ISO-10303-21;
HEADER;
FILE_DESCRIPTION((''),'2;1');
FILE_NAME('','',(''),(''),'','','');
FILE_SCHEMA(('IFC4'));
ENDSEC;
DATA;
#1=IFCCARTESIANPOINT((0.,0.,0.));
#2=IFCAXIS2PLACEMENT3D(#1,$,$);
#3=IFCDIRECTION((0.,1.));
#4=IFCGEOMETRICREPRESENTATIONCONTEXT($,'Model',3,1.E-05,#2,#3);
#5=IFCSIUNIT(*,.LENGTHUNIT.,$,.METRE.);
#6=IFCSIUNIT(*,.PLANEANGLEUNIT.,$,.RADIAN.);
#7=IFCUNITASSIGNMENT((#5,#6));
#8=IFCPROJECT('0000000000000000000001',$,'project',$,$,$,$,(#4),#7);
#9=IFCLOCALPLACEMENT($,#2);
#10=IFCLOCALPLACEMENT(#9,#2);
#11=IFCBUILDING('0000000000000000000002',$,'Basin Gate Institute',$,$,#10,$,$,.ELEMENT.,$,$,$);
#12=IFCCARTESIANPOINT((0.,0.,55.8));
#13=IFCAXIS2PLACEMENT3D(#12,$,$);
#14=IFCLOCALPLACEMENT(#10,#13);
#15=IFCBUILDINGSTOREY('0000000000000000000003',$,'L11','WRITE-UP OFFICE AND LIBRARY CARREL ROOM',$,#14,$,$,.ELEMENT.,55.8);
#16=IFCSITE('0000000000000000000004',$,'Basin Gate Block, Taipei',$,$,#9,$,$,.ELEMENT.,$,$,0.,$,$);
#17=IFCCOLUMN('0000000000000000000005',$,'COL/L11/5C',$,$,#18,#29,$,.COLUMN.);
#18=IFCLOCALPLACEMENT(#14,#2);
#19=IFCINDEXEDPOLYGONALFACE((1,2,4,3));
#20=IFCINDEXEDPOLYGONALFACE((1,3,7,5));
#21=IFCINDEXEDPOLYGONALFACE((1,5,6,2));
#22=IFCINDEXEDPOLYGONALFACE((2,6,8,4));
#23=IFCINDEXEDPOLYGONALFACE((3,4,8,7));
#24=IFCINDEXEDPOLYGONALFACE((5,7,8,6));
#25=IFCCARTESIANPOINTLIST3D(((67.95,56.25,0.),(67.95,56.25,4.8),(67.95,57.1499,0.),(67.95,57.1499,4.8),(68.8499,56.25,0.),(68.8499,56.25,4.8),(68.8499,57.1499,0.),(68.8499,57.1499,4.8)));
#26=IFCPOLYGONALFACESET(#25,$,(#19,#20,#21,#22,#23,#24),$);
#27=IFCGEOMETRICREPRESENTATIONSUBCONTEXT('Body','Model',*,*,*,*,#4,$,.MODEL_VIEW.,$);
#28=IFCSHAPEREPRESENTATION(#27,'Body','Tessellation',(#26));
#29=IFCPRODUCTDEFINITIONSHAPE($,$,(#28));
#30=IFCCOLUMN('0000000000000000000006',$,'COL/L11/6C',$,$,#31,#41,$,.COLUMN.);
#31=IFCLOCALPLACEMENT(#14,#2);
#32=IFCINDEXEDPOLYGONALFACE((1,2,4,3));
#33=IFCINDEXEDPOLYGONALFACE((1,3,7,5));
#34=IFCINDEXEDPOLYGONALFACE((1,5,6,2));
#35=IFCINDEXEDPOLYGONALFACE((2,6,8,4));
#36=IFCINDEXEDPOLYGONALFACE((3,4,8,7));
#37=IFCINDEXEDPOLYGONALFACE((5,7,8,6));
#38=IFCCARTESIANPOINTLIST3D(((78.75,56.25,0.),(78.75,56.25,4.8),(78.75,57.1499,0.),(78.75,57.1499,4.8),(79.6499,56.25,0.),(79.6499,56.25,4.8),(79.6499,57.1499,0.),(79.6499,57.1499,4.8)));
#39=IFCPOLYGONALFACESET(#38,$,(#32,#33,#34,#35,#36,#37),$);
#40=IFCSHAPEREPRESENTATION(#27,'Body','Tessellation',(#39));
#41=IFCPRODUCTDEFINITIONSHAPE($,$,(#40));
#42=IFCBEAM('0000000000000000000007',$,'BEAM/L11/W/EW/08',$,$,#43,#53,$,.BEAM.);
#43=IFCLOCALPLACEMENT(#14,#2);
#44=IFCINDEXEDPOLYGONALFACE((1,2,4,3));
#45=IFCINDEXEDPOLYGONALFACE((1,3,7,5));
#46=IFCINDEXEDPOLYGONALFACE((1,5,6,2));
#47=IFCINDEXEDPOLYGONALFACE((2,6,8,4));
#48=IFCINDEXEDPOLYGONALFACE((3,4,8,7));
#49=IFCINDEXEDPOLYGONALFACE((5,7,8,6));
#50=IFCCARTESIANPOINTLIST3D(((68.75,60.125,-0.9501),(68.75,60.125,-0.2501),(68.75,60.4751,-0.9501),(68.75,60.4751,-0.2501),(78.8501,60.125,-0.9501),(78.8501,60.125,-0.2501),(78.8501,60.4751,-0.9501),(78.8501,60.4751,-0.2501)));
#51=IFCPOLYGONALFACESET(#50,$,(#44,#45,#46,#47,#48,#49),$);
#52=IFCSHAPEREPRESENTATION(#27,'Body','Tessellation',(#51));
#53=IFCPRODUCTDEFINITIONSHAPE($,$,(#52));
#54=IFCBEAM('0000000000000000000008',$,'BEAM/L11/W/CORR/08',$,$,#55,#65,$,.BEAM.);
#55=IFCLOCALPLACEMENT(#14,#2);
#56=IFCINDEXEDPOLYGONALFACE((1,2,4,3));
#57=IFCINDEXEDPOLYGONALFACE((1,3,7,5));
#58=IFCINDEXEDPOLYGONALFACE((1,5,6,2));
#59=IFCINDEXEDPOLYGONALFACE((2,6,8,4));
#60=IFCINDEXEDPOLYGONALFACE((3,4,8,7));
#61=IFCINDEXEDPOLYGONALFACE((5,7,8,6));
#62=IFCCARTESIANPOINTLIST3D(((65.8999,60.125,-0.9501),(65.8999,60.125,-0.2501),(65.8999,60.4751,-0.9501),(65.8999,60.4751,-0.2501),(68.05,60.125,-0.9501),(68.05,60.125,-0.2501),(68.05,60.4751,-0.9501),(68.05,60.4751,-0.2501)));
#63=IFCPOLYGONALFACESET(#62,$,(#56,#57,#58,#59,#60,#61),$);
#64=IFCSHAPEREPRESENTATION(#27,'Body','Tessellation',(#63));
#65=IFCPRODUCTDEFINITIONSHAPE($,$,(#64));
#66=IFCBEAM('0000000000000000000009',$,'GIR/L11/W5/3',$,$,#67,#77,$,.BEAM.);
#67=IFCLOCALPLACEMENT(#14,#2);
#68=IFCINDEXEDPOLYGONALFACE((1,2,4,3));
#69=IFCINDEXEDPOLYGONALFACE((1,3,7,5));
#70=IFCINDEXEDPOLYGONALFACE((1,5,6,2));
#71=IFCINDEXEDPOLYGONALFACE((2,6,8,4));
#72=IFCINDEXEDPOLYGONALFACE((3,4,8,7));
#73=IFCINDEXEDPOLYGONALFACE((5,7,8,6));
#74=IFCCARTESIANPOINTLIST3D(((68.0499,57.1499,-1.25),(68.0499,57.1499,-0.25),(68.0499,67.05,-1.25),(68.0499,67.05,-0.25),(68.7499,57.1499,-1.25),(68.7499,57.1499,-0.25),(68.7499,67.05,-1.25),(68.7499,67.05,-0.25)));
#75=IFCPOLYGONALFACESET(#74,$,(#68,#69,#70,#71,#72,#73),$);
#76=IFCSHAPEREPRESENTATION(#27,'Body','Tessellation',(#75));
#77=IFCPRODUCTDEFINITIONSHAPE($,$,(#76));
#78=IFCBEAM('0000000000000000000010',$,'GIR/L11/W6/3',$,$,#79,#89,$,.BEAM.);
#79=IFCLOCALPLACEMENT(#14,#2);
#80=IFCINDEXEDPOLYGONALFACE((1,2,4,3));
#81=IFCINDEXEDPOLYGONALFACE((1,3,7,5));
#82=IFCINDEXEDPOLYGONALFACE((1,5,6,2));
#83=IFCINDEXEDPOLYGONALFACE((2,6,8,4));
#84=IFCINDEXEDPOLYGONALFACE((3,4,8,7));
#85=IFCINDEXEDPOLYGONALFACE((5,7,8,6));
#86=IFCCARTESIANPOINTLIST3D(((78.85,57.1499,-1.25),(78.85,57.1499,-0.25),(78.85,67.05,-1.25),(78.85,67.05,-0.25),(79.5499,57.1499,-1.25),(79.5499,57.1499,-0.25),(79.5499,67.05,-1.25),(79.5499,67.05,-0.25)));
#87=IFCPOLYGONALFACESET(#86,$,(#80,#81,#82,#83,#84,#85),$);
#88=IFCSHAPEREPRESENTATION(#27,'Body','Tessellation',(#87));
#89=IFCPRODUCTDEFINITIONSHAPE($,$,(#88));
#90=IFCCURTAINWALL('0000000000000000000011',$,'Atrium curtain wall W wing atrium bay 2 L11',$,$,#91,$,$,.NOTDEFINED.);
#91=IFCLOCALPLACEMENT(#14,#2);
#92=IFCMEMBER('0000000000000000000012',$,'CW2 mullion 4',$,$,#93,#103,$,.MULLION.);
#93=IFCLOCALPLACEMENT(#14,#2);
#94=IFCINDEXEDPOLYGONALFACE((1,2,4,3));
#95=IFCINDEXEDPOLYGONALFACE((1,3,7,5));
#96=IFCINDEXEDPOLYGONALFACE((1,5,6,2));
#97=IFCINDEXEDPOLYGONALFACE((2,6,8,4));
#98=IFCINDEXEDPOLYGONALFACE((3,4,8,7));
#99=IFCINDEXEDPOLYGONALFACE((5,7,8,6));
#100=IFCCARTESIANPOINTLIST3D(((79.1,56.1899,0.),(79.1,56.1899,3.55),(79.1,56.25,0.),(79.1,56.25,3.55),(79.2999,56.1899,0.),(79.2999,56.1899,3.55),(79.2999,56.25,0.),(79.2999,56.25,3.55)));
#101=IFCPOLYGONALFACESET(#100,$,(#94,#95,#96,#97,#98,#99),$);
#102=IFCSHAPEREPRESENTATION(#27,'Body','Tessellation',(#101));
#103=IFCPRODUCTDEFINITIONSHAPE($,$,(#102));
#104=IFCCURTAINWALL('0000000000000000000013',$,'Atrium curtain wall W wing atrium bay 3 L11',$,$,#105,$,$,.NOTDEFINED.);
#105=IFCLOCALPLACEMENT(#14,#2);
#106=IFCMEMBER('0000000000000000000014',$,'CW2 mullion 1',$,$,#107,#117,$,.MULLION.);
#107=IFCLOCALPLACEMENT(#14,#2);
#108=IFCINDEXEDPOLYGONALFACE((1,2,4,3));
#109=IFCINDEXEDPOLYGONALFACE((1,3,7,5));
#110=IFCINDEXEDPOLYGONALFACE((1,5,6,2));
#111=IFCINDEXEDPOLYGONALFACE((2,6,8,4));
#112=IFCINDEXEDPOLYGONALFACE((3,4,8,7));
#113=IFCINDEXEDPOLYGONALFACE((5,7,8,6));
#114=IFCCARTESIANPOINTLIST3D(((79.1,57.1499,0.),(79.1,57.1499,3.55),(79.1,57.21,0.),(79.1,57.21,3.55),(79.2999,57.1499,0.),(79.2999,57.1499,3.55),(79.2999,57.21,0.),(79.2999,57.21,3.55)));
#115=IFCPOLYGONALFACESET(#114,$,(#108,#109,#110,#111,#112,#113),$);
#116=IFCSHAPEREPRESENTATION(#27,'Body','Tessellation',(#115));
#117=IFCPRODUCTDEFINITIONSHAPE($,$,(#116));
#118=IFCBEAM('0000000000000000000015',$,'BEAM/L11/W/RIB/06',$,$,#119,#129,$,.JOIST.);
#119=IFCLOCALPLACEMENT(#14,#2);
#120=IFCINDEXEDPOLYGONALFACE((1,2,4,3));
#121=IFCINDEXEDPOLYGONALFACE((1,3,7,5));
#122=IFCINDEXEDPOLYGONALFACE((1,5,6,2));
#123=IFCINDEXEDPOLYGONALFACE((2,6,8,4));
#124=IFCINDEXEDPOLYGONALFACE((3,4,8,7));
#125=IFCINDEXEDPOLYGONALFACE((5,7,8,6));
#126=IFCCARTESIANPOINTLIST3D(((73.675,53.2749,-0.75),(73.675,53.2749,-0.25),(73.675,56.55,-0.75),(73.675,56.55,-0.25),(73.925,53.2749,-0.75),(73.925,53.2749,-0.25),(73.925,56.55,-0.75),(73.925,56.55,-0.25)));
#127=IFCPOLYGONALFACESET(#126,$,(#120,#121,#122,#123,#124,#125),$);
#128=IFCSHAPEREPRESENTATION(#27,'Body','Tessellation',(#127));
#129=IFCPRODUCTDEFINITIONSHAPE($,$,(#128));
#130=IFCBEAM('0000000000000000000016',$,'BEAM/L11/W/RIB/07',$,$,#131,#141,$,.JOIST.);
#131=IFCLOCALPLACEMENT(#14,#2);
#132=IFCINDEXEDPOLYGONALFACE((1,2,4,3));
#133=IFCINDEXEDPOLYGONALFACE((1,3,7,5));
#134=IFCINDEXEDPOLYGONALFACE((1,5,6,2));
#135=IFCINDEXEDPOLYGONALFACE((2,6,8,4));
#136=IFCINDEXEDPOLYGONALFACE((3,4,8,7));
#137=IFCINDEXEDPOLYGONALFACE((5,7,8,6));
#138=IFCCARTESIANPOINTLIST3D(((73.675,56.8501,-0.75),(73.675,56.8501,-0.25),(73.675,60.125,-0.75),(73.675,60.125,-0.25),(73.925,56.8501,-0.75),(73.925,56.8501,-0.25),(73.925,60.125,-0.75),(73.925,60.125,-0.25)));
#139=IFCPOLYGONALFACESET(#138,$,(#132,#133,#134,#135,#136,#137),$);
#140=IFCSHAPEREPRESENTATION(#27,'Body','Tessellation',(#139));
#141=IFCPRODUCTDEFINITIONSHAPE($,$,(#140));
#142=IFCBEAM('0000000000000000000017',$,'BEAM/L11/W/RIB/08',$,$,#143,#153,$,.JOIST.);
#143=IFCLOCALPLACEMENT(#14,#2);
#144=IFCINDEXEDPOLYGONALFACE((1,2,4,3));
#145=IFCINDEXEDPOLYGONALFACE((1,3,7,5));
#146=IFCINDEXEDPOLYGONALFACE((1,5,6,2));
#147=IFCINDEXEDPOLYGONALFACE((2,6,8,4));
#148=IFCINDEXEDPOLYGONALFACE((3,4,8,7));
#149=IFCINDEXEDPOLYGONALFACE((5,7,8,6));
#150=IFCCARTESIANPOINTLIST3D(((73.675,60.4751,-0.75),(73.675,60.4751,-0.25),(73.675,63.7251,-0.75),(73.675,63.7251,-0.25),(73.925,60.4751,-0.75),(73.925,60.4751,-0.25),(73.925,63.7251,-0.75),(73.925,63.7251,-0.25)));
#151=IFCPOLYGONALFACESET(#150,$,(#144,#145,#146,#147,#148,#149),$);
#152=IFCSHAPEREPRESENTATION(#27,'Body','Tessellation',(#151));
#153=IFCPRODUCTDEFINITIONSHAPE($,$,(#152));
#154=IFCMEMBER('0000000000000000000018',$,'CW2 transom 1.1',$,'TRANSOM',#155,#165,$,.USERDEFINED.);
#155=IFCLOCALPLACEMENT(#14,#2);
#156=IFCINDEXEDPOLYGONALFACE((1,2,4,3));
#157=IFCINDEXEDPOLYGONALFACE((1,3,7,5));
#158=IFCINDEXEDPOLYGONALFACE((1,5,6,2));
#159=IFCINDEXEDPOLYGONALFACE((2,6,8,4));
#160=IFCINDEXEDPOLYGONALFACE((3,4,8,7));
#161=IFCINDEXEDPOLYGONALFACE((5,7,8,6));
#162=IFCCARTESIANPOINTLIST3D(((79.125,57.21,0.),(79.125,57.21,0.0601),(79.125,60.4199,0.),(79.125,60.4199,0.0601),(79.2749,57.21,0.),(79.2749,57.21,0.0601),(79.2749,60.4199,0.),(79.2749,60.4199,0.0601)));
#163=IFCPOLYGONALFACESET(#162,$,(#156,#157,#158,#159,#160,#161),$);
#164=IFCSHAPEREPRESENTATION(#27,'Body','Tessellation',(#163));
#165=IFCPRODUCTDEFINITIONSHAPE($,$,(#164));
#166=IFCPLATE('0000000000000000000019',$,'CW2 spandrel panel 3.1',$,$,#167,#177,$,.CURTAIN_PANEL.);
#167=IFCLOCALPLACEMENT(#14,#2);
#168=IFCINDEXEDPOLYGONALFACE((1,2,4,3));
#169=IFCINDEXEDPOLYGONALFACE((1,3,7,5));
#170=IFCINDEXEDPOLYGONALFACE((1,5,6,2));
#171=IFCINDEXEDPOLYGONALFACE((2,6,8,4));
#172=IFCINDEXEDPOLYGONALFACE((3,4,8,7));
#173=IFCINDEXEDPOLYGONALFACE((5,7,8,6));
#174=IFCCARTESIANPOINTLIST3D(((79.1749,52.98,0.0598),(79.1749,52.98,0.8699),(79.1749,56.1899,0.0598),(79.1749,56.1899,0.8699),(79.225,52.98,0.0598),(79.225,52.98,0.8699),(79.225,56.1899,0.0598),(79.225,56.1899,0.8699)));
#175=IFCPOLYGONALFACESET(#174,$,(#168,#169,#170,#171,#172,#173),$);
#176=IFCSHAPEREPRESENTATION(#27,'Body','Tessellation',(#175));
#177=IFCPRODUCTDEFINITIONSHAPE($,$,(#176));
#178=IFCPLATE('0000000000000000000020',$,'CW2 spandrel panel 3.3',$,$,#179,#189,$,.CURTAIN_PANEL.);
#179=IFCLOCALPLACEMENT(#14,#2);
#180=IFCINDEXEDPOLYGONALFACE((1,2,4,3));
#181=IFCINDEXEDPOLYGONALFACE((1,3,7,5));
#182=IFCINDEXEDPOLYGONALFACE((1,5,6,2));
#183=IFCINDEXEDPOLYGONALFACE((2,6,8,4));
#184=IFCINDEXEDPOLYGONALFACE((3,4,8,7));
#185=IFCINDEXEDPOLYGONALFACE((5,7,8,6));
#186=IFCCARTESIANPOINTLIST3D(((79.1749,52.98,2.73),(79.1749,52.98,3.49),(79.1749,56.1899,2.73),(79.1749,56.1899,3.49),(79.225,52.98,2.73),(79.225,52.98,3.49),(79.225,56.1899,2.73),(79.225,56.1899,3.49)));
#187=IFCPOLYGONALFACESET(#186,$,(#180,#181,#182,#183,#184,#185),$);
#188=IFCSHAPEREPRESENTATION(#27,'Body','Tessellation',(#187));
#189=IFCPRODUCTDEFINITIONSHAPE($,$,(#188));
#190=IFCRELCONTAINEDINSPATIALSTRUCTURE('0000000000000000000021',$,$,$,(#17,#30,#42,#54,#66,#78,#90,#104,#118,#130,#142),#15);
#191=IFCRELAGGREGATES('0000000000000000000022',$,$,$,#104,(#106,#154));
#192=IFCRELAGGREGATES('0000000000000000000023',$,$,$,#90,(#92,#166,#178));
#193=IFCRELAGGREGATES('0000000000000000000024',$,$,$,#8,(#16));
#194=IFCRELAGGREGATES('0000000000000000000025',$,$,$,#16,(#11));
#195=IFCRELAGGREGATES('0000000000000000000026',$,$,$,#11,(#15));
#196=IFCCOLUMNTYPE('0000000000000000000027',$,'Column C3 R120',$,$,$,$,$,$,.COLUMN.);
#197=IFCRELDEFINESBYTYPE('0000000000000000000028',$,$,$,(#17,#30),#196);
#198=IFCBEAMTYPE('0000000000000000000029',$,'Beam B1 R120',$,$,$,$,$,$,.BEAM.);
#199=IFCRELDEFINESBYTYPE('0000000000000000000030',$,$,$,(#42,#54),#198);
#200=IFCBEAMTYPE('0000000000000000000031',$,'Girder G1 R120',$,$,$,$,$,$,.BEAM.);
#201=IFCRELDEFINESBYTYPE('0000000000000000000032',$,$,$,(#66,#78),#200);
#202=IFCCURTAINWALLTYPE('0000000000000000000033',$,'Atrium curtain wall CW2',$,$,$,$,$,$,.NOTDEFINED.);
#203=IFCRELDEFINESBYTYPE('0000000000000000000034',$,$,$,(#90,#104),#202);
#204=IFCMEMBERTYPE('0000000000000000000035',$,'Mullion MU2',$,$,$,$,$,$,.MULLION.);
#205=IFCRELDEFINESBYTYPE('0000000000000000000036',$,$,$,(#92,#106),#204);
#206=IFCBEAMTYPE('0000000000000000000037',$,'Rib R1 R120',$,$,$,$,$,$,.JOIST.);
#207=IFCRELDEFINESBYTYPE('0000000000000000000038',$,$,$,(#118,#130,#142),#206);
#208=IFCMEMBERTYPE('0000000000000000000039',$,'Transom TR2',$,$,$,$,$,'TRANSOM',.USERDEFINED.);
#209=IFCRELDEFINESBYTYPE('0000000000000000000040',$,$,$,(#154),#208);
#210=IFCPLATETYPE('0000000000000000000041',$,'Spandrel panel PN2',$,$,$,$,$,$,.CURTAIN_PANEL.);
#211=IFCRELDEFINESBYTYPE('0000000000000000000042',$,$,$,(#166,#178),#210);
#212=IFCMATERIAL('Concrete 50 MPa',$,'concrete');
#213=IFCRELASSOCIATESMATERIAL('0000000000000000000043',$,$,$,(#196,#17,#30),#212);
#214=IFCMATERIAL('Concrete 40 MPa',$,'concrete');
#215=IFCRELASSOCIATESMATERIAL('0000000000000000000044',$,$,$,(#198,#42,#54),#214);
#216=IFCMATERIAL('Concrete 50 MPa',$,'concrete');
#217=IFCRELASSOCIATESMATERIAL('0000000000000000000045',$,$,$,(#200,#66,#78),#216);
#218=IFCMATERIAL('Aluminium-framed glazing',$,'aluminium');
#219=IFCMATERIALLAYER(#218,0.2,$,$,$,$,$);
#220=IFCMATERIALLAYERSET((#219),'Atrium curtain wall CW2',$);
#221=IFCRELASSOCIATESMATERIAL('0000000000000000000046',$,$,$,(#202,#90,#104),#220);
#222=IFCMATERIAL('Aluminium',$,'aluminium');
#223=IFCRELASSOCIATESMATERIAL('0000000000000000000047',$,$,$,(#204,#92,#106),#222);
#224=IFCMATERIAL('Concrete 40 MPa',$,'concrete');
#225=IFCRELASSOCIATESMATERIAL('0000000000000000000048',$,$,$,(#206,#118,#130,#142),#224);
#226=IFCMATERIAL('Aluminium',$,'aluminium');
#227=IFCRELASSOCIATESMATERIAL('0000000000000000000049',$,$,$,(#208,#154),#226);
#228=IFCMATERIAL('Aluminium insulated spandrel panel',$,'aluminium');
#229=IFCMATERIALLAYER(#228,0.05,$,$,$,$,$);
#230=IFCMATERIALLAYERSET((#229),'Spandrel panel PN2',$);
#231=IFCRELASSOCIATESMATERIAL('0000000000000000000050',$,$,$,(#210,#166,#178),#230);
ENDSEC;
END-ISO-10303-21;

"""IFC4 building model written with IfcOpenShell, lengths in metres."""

from ifc_helpers import new_model, si_unit, direction, frame, origin, origin_2d, place, context, subcontext, project, spatial, rectangle, extrude, material, layer, layer_set, material_profile, profile_set, type_object, element, aggregate, save


model = new_model("IFC4")

# Units and contexts
model_context = context("Model", 3, precision=1e-05, world=origin(), true_north=direction((0.0, 1.0)))
body_context = subcontext(model_context, "Body", "Model", "MODEL_VIEW")
ifc_project = project(units=[si_unit("LENGTHUNIT", "METRE"), si_unit("PLANEANGLEUNIT", "RADIAN")], contexts=[model_context])

# Site, building, storey
site_placement = place(None, origin())
site = spatial("IfcSite", under=ifc_project, at=site_placement, Name="Basin Gate Block, Taipei", CompositionType="ELEMENT", RefElevation=0.0)
building_placement = place(site_placement, origin())
building = spatial("IfcBuilding", under=site, at=building_placement, Name="Basin Gate Institute", CompositionType="ELEMENT")
storey_placement = place(building_placement, frame((0.0, 0.0, 55.8)))
storey = spatial("IfcBuildingStorey", under=building, at=storey_placement, Name="L11", Description="WRITE-UP OFFICE AND LIBRARY CARREL ROOM", CompositionType="ELEMENT", Elevation=55.8)

# Columns
ifc_material_1 = material(Name="Concrete 50 MPa", Category="concrete")
ifc_material_profile_1 = material_profile(ifc_material_1, rectangle(XDim=0.8999, YDim=0.8999, at=origin_2d()), Name="Column C3 900 x 900")
ifc_profile_set_1 = profile_set([ifc_material_profile_1], Name="Concrete 50 MPa")
column_type = type_object("IfcColumnType", Name="Column C3 R120", PredefinedType="COLUMN", material=ifc_profile_set_1)
for number, where, z_axis, x_axis, name in (
    (1, (68.3999, 56.7, 0.0), (0.0, 0.0, 1.0), (1.0, 0.0, 0.0), "COL/L11/5C"),
    (2, (79.2, 56.7, 0.0), (0.0, 0.0, 1.0), (1.0, 0.0, 0.0), "COL/L11/6C"),
):
    element("IfcColumn", number, at=place(storey_placement, frame(where, z_axis=z_axis, x_axis=x_axis)), inside=storey, type_object=column_type, material=ifc_profile_set_1, Name=name, PredefinedType="COLUMN", context=body_context, shape_type="SweptSolid", body=[
        extrude(rectangle(XDim=0.8999, YDim=0.8999, at=origin_2d()), origin(), (0.0, 0.0, 1.0), 4.8),
    ])

# Beams
ifc_material_2 = material(Name="Concrete 40 MPa", Category="concrete")
ifc_material_profile_2 = material_profile(ifc_material_2, rectangle(XDim=0.3501, YDim=0.7, at=origin_2d()), Name="Beam B1 350 x 700")
ifc_profile_set_2 = profile_set([ifc_material_profile_2], Name="Concrete 40 MPa")
beam_type_1 = type_object("IfcBeamType", Name="Beam B1 R120", PredefinedType="BEAM", material=ifc_profile_set_2)
beam_1_placement = place(storey_placement, frame((68.75, 60.3, -0.6001), z_axis=(1.0, 0.0, 0.0), x_axis=(0.0, 1.0, 0.0)))
element("IfcBeam", 3, at=beam_1_placement, inside=storey, type_object=beam_type_1, material=ifc_profile_set_2, Name="BEAM/L11/W/EW/08", PredefinedType="BEAM", context=body_context, shape_type="SweptSolid", body=[
    extrude(rectangle(XDim=0.3501, YDim=0.7, at=origin_2d()), origin(), (0.0, 0.0, 1.0), 10.1001),
])
beam_2_placement = place(storey_placement, frame((65.8999, 60.3, -0.6001), z_axis=(1.0, 0.0, 0.0), x_axis=(0.0, 1.0, 0.0)))
element("IfcBeam", 4, at=beam_2_placement, inside=storey, type_object=beam_type_1, material=ifc_profile_set_2, Name="BEAM/L11/W/CORR/08", PredefinedType="BEAM", context=body_context, shape_type="SweptSolid", body=[
    extrude(rectangle(XDim=0.3501, YDim=0.7, at=origin_2d()), origin(), (0.0, 0.0, 1.0), 2.1501),
])
ifc_material_3 = material(Name="Concrete 50 MPa", Category="concrete")
ifc_material_profile_3 = material_profile(ifc_material_3, rectangle(XDim=0.7, YDim=1.0, at=origin_2d()), Name="Girder G1 700 x 1000")
ifc_profile_set_3 = profile_set([ifc_material_profile_3], Name="Concrete 50 MPa")
beam_type_2 = type_object("IfcBeamType", Name="Girder G1 R120", PredefinedType="BEAM", material=ifc_profile_set_3)
for number, where, z_axis, x_axis, name in (
    (5, (68.3999, 57.1499, -0.75), (0.0, 1.0, 0.0), (-1.0, 0.0, 0.0), "GIR/L11/W5/3"),
    (6, (79.2, 57.1499, -0.75), (0.0, 1.0, 0.0), (-1.0, 0.0, 0.0), "GIR/L11/W6/3"),
):
    element("IfcBeam", number, at=place(storey_placement, frame(where, z_axis=z_axis, x_axis=x_axis)), inside=storey, type_object=beam_type_2, material=ifc_profile_set_3, Name=name, PredefinedType="BEAM", context=body_context, shape_type="SweptSolid", body=[
        extrude(rectangle(XDim=0.7, YDim=1.0, at=origin_2d()), origin(), (0.0, 0.0, 1.0), 9.9001),
    ])

# Curtain walls, members
ifc_material_4 = material(Name="Aluminium-framed glazing", Category="aluminium")
ifc_layer_1 = layer(ifc_material_4, 0.2)
ifc_layer_set_1 = layer_set([ifc_layer_1], Name="Atrium curtain wall CW2")
curtain_wall_type = type_object("IfcCurtainWallType", Name="Atrium curtain wall CW2", PredefinedType="NOTDEFINED", material=ifc_layer_set_1)
curtain_wall_1_placement = place(storey_placement, origin())
curtain_wall_1 = element("IfcCurtainWall", 7, at=curtain_wall_1_placement, inside=storey, type_object=curtain_wall_type, material=ifc_layer_set_1, Name="Atrium curtain wall W wing atrium bay 2 L11", PredefinedType="NOTDEFINED")
ifc_material_5 = material(Name="Aluminium", Category="aluminium")
ifc_material_profile_4 = material_profile(ifc_material_5, rectangle(XDim=0.2, YDim=0.0601, at=origin_2d()), Name="Mullion MU2 200 x 60")
ifc_profile_set_4 = profile_set([ifc_material_profile_4], Name="Aluminium")
member_type_1 = type_object("IfcMemberType", Name="Mullion MU2", PredefinedType="MULLION", material=ifc_profile_set_4)
member_1_placement = place(storey_placement, frame((79.2, 56.22, 0.0), z_axis=(0.0, 0.0, 1.0), x_axis=(-1.0, 0.0, 0.0)))
member_1 = element("IfcMember", 8, at=member_1_placement, type_object=member_type_1, material=ifc_profile_set_4, Name="CW2 mullion 4", PredefinedType="MULLION", context=body_context, shape_type="SweptSolid", body=[
    extrude(rectangle(XDim=0.2, YDim=0.0601, at=origin_2d()), origin(), (0.0, 0.0, 1.0), 3.55),
])
curtain_wall_2_placement = place(storey_placement, origin())
curtain_wall_2 = element("IfcCurtainWall", 9, at=curtain_wall_2_placement, inside=storey, type_object=curtain_wall_type, material=ifc_layer_set_1, Name="Atrium curtain wall W wing atrium bay 3 L11", PredefinedType="NOTDEFINED")
member_2_placement = place(storey_placement, frame((79.2, 57.1799, 0.0), z_axis=(0.0, 0.0, 1.0), x_axis=(-1.0, 0.0, 0.0)))
member_2 = element("IfcMember", 10, at=member_2_placement, type_object=member_type_1, material=ifc_profile_set_4, Name="CW2 mullion 1", PredefinedType="MULLION", context=body_context, shape_type="SweptSolid", body=[
    extrude(rectangle(XDim=0.2, YDim=0.0601, at=origin_2d()), origin(), (0.0, 0.0, 1.0), 3.55),
])

# Beams
ifc_material_6 = material(Name="Concrete 40 MPa", Category="concrete")
ifc_material_profile_5 = material_profile(ifc_material_6, rectangle(XDim=0.25, YDim=0.5, at=origin_2d()), Name="Rib R1 250 x 500")
ifc_profile_set_5 = profile_set([ifc_material_profile_5], Name="Concrete 40 MPa")
beam_type_3 = type_object("IfcBeamType", Name="Rib R1 R120", PredefinedType="JOIST", material=ifc_profile_set_5)
beam_3_placement = place(storey_placement, frame((73.8, 53.2749, -0.5), z_axis=(0.0, 1.0, 0.0), x_axis=(-1.0, 0.0, 0.0)))
element("IfcBeam", 11, at=beam_3_placement, inside=storey, type_object=beam_type_3, material=ifc_profile_set_5, Name="BEAM/L11/W/RIB/06", PredefinedType="JOIST", context=body_context, shape_type="SweptSolid", body=[
    extrude(rectangle(XDim=0.25, YDim=0.5, at=origin_2d()), origin(), (0.0, 0.0, 1.0), 3.2751),
])
beam_4_placement = place(storey_placement, frame((73.8, 56.8501, -0.5), z_axis=(0.0, 1.0, 0.0), x_axis=(-1.0, 0.0, 0.0)))
element("IfcBeam", 12, at=beam_4_placement, inside=storey, type_object=beam_type_3, material=ifc_profile_set_5, Name="BEAM/L11/W/RIB/07", PredefinedType="JOIST", context=body_context, shape_type="SweptSolid", body=[
    extrude(rectangle(XDim=0.25, YDim=0.5, at=origin_2d()), origin(), (0.0, 0.0, 1.0), 3.2749),
])
beam_5_placement = place(storey_placement, frame((73.8, 60.4751, -0.5), z_axis=(0.0, 1.0, 0.0), x_axis=(-1.0, 0.0, 0.0)))
element("IfcBeam", 13, at=beam_5_placement, inside=storey, type_object=beam_type_3, material=ifc_profile_set_5, Name="BEAM/L11/W/RIB/08", PredefinedType="JOIST", context=body_context, shape_type="SweptSolid", body=[
    extrude(rectangle(XDim=0.25, YDim=0.5, at=origin_2d()), origin(), (0.0, 0.0, 1.0), 3.25),
])

# Member
ifc_material_7 = material(Name="Aluminium", Category="aluminium")
ifc_material_profile_6 = material_profile(ifc_material_7, rectangle(XDim=0.1499, YDim=0.0601, at=origin_2d()), Name="Transom TR2 150 x 60")
ifc_profile_set_6 = profile_set([ifc_material_profile_6], Name="Aluminium")
member_type_2 = type_object("IfcMemberType", Name="Transom TR2", ElementType="TRANSOM", PredefinedType="USERDEFINED", material=ifc_profile_set_6)
member_3_placement = place(storey_placement, frame((79.2, 57.21, 0.03), z_axis=(0.0, 1.0, 0.0), x_axis=(-1.0, 0.0, 0.0)))
member_3 = element("IfcMember", 14, at=member_3_placement, type_object=member_type_2, material=ifc_profile_set_6, Name="CW2 transom 1.1", ObjectType="TRANSOM", PredefinedType="USERDEFINED", context=body_context, shape_type="SweptSolid", body=[
    extrude(rectangle(XDim=0.1499, YDim=0.0601, at=origin_2d()), origin(), (0.0, 0.0, 1.0), 3.21),
])
aggregate(curtain_wall_2, [member_2, member_3])

# Plates
ifc_material_8 = material(Name="Aluminium insulated spandrel panel", Category="aluminium")
ifc_layer_2 = layer(ifc_material_8, 0.05)
ifc_layer_set_2 = layer_set([ifc_layer_2], Name="Spandrel panel PN2")
plate_type_1 = type_object("IfcPlateType", Name="Spandrel panel PN2", PredefinedType="CURTAIN_PANEL", material=ifc_layer_set_2)
plate_1_placement = place(storey_placement, frame((79.2, 54.585, 0.0598), z_axis=(0.0, 0.0, 1.0), x_axis=(0.0, 1.0, 0.0)))
plate_1 = element("IfcPlate", 15, at=plate_1_placement, type_object=plate_type_1, material=ifc_layer_set_2, Name="CW2 spandrel panel 3.1", PredefinedType="CURTAIN_PANEL", context=body_context, shape_type="SweptSolid", body=[
    extrude(rectangle(XDim=3.21, YDim=0.05, at=origin_2d()), origin(), (0.0, 0.0, 1.0), 0.8101),
])
plate_2_placement = place(storey_placement, frame((79.2, 54.585, 2.73), z_axis=(0.0, 0.0, 1.0), x_axis=(0.0, 1.0, 0.0)))
plate_2 = element("IfcPlate", 16, at=plate_2_placement, type_object=plate_type_1, material=ifc_layer_set_2, Name="CW2 spandrel panel 3.3", PredefinedType="CURTAIN_PANEL", context=body_context, shape_type="SweptSolid", body=[
    extrude(rectangle(XDim=3.21, YDim=0.05, at=origin_2d()), origin(), (0.0, 0.0, 1.0), 0.76),
])
aggregate(curtain_wall_1, [member_1, plate_1, plate_2])

save(model, "model.ifc")
